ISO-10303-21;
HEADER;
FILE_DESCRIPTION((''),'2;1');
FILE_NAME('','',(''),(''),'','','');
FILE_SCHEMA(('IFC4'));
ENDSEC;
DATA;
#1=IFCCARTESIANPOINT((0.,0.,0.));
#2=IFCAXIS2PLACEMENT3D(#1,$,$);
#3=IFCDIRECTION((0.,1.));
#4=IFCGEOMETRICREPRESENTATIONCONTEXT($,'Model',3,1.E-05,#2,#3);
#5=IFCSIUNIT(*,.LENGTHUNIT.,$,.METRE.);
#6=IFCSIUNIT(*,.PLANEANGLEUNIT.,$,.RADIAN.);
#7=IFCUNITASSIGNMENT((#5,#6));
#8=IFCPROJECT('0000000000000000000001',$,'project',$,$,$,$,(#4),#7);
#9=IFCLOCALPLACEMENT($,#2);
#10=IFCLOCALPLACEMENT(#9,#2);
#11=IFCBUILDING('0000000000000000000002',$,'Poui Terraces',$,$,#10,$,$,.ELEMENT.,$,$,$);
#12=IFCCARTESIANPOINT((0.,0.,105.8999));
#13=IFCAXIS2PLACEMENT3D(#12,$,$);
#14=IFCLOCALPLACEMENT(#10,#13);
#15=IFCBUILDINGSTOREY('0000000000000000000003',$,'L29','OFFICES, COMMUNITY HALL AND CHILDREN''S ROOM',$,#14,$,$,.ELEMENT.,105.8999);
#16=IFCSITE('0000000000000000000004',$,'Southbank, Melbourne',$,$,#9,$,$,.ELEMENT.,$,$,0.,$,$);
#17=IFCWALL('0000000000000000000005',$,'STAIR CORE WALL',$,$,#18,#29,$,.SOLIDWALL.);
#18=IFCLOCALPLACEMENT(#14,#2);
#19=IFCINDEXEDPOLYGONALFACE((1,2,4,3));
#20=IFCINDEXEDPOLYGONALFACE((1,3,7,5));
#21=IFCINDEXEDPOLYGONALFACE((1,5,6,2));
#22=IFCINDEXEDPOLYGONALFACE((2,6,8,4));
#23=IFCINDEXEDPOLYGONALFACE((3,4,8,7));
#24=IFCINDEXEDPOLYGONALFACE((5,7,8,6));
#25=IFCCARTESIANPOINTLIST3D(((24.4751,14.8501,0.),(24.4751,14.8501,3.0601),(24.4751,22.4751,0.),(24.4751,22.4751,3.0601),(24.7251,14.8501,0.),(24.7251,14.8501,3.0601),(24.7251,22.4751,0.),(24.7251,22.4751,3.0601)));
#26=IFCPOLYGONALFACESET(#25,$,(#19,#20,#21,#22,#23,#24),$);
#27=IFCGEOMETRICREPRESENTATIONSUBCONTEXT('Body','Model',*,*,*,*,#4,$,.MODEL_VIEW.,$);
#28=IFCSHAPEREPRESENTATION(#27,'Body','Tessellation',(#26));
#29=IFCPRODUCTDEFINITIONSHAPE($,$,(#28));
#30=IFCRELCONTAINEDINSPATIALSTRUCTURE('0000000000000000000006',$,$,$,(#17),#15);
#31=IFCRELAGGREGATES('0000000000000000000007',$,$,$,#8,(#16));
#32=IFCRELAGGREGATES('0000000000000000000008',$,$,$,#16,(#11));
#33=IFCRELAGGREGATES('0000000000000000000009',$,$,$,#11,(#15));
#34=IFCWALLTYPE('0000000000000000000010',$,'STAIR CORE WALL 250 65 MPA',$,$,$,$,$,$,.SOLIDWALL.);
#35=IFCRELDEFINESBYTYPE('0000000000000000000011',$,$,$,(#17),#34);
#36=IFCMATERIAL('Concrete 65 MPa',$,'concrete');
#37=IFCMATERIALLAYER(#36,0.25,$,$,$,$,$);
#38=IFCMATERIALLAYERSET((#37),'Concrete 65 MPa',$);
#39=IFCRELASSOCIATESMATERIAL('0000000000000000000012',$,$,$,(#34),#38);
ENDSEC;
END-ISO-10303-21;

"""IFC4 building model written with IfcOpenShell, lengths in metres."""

from ifc_helpers import new_model, si_unit, direction, frame, frame_2d, origin, place, context, subcontext, project, spatial, rectangle, extrude, material, layer, layer_set, type_object, element, save


model = new_model("IFC4")

# Units and contexts
model_context = context("Model", 3, precision=1e-05, world=origin(), true_north=direction((0.0, 1.0)))
body_context = subcontext(model_context, "Body", "Model", "MODEL_VIEW")
ifc_project = project(units=[si_unit("LENGTHUNIT", "METRE"), si_unit("PLANEANGLEUNIT", "RADIAN")], contexts=[model_context])

# Site, building, storey
site_placement = place(None, origin())
site = spatial("IfcSite", under=ifc_project, at=site_placement, Name="Southbank, Melbourne", CompositionType="ELEMENT", RefElevation=0.0)
building_placement = place(site_placement, origin())
building = spatial("IfcBuilding", under=site, at=building_placement, Name="Poui Terraces", CompositionType="ELEMENT")
storey_placement = place(building_placement, frame((0.0, 0.0, 105.8999)))
storey = spatial("IfcBuildingStorey", under=building, at=storey_placement, Name="L29", Description="OFFICES, COMMUNITY HALL AND CHILDREN'S ROOM", CompositionType="ELEMENT", Elevation=105.8999)

# Shared definitions
ifc_material_1 = material(Name="Concrete 65 MPa", Category="concrete")

# Shared definitions
ifc_layer_1 = layer(ifc_material_1, 0.25)
ifc_layer_set_1 = layer_set([ifc_layer_1], Name="Concrete 65 MPa")
wall_type_1 = type_object("IfcWallType", Name="STAIR CORE WALL 250 65 MPA", PredefinedType="SOLIDWALL", material=ifc_layer_set_1)

# Wall
wall_1_placement = place(storey_placement, frame((24.6001, 14.8501, 0.0), z_axis=(0.0, 0.0, 1.0), x_axis=(0.0, 1.0, 0.0)))
element("IfcWall", 1, at=wall_1_placement, inside=storey, type_object=wall_type_1, Name="STAIR CORE WALL", PredefinedType="SOLIDWALL", context=body_context, shape_type="SweptSolid", body=[
    extrude(rectangle(XDim=7.625, YDim=0.25, at=frame_2d((3.8125, 0.0))), origin(), (0.0, 0.0, 1.0), 3.0601),
])

save(model, "model.ifc")
